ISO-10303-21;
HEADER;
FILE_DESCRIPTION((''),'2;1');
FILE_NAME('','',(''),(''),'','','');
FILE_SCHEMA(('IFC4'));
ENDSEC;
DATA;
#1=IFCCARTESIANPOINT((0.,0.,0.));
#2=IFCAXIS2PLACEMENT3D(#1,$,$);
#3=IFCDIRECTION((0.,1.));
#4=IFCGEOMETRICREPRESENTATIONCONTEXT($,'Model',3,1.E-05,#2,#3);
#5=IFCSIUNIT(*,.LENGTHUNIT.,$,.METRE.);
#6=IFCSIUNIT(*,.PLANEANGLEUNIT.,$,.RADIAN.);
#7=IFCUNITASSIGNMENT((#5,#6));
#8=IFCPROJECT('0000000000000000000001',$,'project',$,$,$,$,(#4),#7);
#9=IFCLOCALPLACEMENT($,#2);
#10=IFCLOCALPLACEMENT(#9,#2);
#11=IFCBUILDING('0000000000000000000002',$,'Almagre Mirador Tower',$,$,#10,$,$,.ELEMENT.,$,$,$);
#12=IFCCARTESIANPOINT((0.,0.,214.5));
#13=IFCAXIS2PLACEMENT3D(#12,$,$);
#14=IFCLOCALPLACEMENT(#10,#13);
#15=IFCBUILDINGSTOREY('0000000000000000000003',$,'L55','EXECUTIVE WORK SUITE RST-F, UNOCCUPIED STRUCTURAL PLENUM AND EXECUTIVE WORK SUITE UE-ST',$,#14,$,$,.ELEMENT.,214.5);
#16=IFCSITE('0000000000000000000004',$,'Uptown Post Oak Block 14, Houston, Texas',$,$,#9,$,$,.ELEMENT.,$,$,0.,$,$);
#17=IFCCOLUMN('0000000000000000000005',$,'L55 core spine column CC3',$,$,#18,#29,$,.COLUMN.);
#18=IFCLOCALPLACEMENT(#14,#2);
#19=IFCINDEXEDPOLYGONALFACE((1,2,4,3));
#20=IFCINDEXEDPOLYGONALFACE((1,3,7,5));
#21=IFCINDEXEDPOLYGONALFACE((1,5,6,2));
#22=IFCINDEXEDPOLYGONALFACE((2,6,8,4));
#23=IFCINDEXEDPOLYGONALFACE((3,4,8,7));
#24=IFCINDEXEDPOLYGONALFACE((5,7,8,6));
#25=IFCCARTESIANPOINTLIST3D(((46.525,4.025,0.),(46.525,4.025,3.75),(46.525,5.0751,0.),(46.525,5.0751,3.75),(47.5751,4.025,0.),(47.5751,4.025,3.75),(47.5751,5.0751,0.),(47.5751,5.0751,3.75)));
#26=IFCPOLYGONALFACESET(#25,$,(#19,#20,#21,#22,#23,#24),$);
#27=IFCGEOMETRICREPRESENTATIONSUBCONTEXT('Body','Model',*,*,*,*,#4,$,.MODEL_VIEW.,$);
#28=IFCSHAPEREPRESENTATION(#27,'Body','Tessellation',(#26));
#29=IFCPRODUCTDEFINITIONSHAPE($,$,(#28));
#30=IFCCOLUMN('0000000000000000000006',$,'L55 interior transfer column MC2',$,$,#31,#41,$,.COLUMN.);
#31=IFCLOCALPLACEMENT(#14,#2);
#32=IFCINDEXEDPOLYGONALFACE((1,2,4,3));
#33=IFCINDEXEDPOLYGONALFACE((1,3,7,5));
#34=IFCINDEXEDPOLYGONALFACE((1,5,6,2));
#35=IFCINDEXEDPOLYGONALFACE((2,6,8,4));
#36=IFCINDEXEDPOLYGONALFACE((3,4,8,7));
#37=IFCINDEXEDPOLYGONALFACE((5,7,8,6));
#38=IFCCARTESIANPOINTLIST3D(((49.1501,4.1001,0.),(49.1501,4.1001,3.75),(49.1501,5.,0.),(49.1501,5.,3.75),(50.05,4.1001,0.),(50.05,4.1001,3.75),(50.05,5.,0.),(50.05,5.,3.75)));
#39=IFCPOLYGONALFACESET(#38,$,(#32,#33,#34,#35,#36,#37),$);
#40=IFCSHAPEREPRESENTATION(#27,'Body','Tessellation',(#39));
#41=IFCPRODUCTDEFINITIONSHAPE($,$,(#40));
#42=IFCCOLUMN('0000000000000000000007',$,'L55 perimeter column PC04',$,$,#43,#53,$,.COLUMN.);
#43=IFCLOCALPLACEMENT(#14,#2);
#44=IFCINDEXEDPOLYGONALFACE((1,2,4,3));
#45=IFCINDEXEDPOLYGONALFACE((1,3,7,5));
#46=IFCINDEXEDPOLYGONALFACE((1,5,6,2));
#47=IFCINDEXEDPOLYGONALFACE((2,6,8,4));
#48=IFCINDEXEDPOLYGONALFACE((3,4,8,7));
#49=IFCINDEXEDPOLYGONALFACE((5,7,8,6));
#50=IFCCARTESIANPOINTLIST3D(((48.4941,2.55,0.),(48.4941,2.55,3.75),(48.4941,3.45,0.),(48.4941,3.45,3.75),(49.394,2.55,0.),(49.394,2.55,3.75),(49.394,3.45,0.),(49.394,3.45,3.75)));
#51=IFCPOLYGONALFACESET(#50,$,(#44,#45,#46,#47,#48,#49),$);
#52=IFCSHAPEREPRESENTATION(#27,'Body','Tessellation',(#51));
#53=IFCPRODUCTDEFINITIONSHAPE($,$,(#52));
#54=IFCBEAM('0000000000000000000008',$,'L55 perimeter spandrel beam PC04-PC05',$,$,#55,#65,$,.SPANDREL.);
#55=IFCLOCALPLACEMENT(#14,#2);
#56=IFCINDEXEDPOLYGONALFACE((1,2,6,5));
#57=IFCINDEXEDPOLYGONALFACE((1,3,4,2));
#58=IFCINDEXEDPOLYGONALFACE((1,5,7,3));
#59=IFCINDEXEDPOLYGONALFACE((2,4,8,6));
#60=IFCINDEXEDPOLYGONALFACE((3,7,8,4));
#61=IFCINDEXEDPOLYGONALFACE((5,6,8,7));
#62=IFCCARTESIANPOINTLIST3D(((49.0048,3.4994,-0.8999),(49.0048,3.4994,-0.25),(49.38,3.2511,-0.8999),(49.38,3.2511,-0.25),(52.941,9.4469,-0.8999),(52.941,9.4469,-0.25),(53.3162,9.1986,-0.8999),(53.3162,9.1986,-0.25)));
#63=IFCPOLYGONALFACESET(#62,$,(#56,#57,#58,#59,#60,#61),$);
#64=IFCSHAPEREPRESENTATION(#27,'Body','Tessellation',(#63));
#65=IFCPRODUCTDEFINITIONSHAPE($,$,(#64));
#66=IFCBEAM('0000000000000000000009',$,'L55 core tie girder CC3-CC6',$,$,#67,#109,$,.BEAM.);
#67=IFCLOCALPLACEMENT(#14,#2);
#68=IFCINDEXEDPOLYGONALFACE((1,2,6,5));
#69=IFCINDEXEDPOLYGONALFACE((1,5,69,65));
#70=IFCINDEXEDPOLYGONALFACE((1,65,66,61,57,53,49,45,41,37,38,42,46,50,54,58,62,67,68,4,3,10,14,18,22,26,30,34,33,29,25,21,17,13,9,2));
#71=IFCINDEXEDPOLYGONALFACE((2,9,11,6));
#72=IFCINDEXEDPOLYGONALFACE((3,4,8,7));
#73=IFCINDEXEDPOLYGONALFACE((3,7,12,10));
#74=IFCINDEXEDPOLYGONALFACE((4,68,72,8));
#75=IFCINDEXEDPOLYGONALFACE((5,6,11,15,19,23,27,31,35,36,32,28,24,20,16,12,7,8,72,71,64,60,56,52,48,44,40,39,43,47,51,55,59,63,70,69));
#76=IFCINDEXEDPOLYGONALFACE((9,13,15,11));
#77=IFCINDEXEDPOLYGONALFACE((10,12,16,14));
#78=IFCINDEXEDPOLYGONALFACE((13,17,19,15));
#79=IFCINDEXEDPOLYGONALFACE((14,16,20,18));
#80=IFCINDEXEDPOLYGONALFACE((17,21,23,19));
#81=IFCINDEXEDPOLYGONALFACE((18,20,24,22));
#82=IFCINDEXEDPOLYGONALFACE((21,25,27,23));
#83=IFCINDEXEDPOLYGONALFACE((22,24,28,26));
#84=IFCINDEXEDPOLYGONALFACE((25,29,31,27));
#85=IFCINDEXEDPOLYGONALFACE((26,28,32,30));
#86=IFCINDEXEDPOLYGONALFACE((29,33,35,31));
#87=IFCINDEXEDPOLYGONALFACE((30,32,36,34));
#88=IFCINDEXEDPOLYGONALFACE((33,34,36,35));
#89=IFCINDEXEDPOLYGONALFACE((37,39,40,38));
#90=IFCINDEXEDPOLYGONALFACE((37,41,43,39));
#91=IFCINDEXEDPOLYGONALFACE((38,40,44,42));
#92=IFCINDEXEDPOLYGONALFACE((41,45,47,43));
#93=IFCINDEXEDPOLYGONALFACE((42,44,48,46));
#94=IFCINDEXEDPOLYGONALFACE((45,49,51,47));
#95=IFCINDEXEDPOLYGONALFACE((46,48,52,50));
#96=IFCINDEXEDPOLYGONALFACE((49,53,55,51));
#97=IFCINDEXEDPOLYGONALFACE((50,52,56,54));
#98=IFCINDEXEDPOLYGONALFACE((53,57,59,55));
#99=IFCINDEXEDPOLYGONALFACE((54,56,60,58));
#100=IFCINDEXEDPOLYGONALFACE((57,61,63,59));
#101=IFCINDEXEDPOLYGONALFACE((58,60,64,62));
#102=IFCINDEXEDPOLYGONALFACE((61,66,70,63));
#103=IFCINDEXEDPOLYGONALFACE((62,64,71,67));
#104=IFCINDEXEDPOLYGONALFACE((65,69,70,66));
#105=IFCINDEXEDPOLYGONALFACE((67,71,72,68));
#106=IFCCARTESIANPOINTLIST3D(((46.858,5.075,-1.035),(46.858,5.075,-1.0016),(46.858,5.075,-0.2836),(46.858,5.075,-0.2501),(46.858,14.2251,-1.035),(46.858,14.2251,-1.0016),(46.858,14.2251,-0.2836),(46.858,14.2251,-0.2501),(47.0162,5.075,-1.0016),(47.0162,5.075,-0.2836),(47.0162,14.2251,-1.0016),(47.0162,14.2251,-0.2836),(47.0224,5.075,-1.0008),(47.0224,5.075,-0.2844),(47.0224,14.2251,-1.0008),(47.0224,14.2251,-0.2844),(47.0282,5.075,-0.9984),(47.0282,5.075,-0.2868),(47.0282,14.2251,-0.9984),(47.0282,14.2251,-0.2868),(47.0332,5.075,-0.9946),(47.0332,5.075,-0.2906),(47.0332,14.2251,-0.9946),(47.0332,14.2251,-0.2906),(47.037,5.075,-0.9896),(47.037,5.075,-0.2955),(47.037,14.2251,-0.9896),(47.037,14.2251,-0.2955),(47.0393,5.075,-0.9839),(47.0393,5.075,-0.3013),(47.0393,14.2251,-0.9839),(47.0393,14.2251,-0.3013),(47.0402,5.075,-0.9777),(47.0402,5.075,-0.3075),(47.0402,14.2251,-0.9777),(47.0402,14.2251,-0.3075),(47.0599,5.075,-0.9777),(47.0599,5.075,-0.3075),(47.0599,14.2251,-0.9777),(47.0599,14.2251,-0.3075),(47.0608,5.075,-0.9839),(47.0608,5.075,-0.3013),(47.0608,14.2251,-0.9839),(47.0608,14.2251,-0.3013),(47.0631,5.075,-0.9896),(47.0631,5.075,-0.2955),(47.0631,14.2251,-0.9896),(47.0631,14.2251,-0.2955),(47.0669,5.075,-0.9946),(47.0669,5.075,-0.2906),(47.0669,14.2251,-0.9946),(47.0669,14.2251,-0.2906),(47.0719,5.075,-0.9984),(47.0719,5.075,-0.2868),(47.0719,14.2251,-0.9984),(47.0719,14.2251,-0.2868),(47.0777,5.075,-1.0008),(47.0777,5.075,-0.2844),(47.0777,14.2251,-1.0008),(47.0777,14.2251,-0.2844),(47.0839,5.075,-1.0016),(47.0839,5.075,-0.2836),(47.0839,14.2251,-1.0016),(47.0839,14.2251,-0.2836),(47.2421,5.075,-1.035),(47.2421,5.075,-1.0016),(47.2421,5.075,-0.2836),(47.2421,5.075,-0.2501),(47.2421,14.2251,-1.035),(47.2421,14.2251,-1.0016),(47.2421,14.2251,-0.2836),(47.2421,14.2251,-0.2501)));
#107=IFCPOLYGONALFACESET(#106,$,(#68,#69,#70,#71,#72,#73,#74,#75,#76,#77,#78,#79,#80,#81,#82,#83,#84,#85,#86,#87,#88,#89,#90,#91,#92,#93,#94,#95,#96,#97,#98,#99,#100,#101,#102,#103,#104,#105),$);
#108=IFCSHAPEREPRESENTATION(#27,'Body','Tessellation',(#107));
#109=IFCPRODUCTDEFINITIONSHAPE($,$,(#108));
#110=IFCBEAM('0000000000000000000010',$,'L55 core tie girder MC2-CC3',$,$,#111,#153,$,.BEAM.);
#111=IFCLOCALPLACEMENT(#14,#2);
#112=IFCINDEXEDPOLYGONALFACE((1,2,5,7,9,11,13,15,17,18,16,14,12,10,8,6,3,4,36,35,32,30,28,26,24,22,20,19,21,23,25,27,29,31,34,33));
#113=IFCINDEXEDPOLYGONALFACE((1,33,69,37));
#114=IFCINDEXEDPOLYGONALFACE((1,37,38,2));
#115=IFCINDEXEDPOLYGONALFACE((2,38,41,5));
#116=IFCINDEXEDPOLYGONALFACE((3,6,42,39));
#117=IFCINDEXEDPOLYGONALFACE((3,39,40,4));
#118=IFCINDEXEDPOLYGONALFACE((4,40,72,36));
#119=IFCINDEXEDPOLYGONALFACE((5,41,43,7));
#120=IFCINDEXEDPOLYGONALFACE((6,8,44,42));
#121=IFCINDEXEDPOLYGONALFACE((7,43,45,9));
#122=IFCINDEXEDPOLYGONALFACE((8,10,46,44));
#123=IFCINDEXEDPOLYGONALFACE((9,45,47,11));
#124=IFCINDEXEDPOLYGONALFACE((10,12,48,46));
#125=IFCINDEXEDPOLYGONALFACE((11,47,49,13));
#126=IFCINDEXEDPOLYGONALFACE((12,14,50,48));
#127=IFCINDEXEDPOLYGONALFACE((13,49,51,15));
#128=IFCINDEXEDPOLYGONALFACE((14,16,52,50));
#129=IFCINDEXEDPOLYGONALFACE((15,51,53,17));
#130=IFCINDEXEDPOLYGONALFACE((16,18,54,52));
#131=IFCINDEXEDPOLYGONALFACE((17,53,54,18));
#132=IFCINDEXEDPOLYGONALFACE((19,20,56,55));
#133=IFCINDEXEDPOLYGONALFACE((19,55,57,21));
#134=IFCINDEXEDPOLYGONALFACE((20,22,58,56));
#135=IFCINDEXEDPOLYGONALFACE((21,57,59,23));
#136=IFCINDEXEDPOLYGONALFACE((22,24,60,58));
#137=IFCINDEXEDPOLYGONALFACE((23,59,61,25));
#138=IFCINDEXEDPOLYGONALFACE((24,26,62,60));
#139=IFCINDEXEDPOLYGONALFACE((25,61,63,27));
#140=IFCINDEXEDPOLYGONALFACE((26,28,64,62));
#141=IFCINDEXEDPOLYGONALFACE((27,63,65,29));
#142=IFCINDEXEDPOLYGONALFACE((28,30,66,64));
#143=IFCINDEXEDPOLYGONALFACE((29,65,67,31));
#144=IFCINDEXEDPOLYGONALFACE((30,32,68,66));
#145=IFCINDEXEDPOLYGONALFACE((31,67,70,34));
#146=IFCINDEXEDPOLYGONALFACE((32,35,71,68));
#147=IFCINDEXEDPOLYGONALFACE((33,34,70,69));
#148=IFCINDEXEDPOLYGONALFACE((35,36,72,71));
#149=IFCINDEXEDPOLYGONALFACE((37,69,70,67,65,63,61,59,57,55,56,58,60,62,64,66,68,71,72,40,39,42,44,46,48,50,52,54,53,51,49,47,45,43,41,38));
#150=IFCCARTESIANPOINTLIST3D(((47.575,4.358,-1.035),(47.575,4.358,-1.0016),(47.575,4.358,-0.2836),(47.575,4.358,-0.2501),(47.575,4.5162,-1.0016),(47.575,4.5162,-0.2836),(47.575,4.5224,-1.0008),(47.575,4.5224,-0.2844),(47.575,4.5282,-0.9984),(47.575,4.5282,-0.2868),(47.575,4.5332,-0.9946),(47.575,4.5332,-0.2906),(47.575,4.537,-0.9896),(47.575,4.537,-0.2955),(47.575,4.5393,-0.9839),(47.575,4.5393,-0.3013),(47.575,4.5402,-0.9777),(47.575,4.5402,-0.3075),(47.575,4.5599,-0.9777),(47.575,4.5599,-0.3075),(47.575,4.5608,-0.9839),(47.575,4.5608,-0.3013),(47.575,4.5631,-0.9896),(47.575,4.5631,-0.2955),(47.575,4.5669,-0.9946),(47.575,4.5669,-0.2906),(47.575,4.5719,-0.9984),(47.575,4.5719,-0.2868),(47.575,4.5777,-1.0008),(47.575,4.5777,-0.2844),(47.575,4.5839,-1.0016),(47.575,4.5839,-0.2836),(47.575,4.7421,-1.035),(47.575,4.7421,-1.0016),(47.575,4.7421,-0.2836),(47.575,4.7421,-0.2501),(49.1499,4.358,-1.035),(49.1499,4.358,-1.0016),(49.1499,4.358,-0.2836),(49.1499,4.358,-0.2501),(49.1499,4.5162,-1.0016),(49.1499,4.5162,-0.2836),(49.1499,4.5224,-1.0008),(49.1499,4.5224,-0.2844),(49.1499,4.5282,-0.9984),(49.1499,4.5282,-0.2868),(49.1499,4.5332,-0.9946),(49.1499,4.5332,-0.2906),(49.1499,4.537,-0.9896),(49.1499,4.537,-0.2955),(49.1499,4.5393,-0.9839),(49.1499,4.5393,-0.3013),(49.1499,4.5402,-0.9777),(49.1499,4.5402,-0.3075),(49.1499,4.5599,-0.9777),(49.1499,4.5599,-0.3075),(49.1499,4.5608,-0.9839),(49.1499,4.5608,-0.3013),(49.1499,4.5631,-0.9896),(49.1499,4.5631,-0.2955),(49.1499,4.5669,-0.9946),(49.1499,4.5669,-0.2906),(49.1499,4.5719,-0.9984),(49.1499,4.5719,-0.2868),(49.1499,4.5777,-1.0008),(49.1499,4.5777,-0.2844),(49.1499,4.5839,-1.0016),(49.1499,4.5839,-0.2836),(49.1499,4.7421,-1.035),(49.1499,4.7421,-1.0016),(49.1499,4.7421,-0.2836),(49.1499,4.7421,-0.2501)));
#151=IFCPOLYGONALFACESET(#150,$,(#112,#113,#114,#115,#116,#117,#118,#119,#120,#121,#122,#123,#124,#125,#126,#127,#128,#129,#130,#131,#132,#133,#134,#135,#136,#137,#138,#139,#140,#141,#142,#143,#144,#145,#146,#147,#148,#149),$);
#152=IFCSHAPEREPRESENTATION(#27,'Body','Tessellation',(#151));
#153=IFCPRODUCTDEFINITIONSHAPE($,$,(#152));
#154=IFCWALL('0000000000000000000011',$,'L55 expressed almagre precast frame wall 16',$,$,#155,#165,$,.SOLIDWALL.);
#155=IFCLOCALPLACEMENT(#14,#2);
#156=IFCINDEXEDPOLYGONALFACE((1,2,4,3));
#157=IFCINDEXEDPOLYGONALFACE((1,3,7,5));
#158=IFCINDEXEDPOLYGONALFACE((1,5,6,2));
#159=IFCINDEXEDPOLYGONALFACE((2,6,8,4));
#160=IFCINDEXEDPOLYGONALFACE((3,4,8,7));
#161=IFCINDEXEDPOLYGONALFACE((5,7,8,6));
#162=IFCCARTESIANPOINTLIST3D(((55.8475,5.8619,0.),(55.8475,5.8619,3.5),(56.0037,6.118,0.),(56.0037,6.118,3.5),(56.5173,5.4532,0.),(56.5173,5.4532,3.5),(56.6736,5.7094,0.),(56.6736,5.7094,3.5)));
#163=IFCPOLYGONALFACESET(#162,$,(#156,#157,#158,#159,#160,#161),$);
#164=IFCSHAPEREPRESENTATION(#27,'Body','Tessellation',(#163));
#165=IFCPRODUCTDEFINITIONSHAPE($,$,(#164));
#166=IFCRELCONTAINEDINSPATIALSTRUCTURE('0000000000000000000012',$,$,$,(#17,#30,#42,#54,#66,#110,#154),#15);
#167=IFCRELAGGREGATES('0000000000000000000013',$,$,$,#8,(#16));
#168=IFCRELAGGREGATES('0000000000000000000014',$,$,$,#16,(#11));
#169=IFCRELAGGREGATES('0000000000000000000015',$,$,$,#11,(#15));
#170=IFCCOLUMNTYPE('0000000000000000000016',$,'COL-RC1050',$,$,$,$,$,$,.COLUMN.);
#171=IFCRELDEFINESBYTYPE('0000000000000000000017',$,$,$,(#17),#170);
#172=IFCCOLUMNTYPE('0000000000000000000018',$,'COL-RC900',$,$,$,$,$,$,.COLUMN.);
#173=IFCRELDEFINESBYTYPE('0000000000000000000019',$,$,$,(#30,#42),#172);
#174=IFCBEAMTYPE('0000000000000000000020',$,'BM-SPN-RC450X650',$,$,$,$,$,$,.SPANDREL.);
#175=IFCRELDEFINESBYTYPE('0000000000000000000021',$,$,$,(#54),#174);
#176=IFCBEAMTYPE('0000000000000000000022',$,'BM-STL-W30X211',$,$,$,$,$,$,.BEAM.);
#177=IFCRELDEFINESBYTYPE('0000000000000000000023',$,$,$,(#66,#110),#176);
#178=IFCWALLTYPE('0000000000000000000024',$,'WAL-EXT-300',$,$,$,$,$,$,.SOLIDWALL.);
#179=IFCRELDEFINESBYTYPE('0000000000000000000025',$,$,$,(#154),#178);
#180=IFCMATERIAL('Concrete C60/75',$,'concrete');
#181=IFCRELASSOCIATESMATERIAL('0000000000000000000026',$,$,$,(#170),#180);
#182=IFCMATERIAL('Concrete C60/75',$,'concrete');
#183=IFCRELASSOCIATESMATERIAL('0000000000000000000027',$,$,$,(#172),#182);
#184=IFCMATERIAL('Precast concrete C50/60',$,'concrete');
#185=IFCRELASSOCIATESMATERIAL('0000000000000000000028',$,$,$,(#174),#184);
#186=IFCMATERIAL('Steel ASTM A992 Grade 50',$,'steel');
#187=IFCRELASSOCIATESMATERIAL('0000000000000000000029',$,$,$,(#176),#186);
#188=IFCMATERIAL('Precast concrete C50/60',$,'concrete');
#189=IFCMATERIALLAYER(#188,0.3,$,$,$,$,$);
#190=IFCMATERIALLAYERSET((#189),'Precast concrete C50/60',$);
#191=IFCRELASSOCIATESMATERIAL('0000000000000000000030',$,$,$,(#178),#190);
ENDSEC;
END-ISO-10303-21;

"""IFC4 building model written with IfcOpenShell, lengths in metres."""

from ifc_helpers import new_model, si_unit, direction, frame, frame_2d, origin, origin_2d, place, context, subcontext, project, spatial, rectangle, i_section, extrude, material, layer, layer_set, material_profile, profile_set, type_object, element, save


model = new_model("IFC4")

# Units and contexts
model_context = context("Model", 3, precision=1e-05, world=origin(), true_north=direction((0.0, 1.0)))
body_context = subcontext(model_context, "Body", "Model", "MODEL_VIEW")
ifc_project = project(units=[si_unit("LENGTHUNIT", "METRE"), si_unit("PLANEANGLEUNIT", "RADIAN")], contexts=[model_context])

# Site, building, storey
site_placement = place(None, origin())
site = spatial("IfcSite", under=ifc_project, at=site_placement, Name="Uptown Post Oak Block 14, Houston, Texas", CompositionType="ELEMENT", RefElevation=0.0)
building_placement = place(site_placement, origin())
building = spatial("IfcBuilding", under=site, at=building_placement, Name="Almagre Mirador Tower", CompositionType="ELEMENT")
storey_placement = place(building_placement, frame((0.0, 0.0, 214.5)))
storey = spatial("IfcBuildingStorey", under=building, at=storey_placement, Name="L55", Description="EXECUTIVE WORK SUITE RST-F, UNOCCUPIED STRUCTURAL PLENUM AND EXECUTIVE WORK SUITE UE-ST", CompositionType="ELEMENT", Elevation=214.5)

# Columns
ifc_material_1 = material(Name="Concrete C60/75", Category="concrete")
ifc_material_profile_1 = material_profile(ifc_material_1, rectangle(XDim=1.05, YDim=1.05, at=origin_2d()), Name="RC1050X1050")
ifc_profile_set_1 = profile_set([ifc_material_profile_1], Name="Concrete C60/75")
column_type_1 = type_object("IfcColumnType", Name="COL-RC1050", PredefinedType="COLUMN", material=ifc_profile_set_1)
column_placement = place(storey_placement, frame((47.05, 4.55, 0.0), z_axis=(0.0, 0.0, 1.0), x_axis=(1.0, 0.0, 0.0)))
element("IfcColumn", 1, at=column_placement, inside=storey, type_object=column_type_1, Name="L55 core spine column CC3", PredefinedType="COLUMN", context=body_context, shape_type="SweptSolid", body=[
    extrude(rectangle(XDim=1.05, YDim=1.05, at=origin_2d()), origin(), (0.0, 0.0, 1.0), 3.75),
])
ifc_material_2 = material(Name="Concrete C60/75", Category="concrete")
ifc_material_profile_2 = material_profile(ifc_material_2, rectangle(XDim=0.8999, YDim=0.8999, at=origin_2d()), Name="RC900X900")
ifc_profile_set_2 = profile_set([ifc_material_profile_2], Name="Concrete C60/75")
column_type_2 = type_object("IfcColumnType", Name="COL-RC900", PredefinedType="COLUMN", material=ifc_profile_set_2)
for number, where, z_axis, x_axis, name in (
    (2, (49.6001, 4.55, 0.0), (0.0, 0.0, 1.0), (1.0, 0.0, 0.0), "L55 interior transfer column MC2"),
    (3, (48.9441, 3.0, 0.0), (0.0, 0.0, 1.0), (1.0, 0.0, 0.0), "L55 perimeter column PC04"),
):
    element("IfcColumn", number, at=place(storey_placement, frame(where, z_axis=z_axis, x_axis=x_axis)), inside=storey, type_object=column_type_2, Name=name, PredefinedType="COLUMN", context=body_context, shape_type="SweptSolid", body=[
        extrude(rectangle(XDim=0.8999, YDim=0.8999, at=origin_2d()), origin(), (0.0, 0.0, 1.0), 3.75),
    ])

# Beams
ifc_material_3 = material(Name="Precast concrete C50/60", Category="concrete")
ifc_material_profile_3 = material_profile(ifc_material_3, rectangle(XDim=0.45, YDim=0.6499, at=origin_2d()), Name="RC450X650")
ifc_profile_set_3 = profile_set([ifc_material_profile_3], Name="Precast concrete C50/60")
beam_type_1 = type_object("IfcBeamType", Name="BM-SPN-RC450X650", PredefinedType="SPANDREL", material=ifc_profile_set_3)
beam_1_placement = place(storey_placement, frame((49.1924, 3.3752, -0.575), z_axis=(0.551909, 0.833905, 0.0), x_axis=(-0.833905, 0.551909, 0.0)))
element("IfcBeam", 4, at=beam_1_placement, inside=storey, type_object=beam_type_1, Name="L55 perimeter spandrel beam PC04-PC05", PredefinedType="SPANDREL", context=body_context, shape_type="SweptSolid", body=[
    extrude(rectangle(XDim=0.45, YDim=0.6499, at=origin_2d()), origin(), (0.0, 0.0, 1.0), 7.1321),
])
ifc_material_4 = material(Name="Steel ASTM A992 Grade 50", Category="steel")
ifc_material_profile_4 = material_profile(ifc_material_4, i_section(OverallWidth=0.384, OverallDepth=0.7849, WebThickness=0.0198, FlangeThickness=0.0334, FilletRadius=0.0239, at=origin_2d()), Name="W30X211")
ifc_profile_set_4 = profile_set([ifc_material_profile_4], Name="Steel ASTM A992 Grade 50")
beam_type_2 = type_object("IfcBeamType", Name="BM-STL-W30X211", PredefinedType="BEAM", material=ifc_profile_set_4)
beam_2_placement = place(storey_placement, frame((47.05, 5.075, -0.6426), z_axis=(0.0, 1.0, 0.0), x_axis=(-1.0, 0.0, 0.0)))
element("IfcBeam", 5, at=beam_2_placement, inside=storey, type_object=beam_type_2, Name="L55 core tie girder CC3-CC6", PredefinedType="BEAM", context=body_context, shape_type="SweptSolid", body=[
    extrude(i_section(OverallWidth=0.384, OverallDepth=0.7849, WebThickness=0.0198, FlangeThickness=0.0334, FilletRadius=0.0239, at=origin_2d()), origin(), (0.0, 0.0, 1.0), 9.1501),
])
beam_3_placement = place(storey_placement, frame((49.1499, 4.55, -0.6426), z_axis=(-1.0, 0.0, 0.0), x_axis=(0.0, -1.0, 0.0)))
element("IfcBeam", 6, at=beam_3_placement, inside=storey, type_object=beam_type_2, Name="L55 core tie girder MC2-CC3", PredefinedType="BEAM", context=body_context, shape_type="SweptSolid", body=[
    extrude(i_section(OverallWidth=0.384, OverallDepth=0.7849, WebThickness=0.0198, FlangeThickness=0.0334, FilletRadius=0.0239, at=origin_2d()), origin(), (0.0, 0.0, 1.0), 1.575),
])

# Wall
ifc_material_5 = material(Name="Precast concrete C50/60", Category="concrete")
ifc_layer_1 = layer(ifc_material_5, 0.3)
ifc_layer_set_1 = layer_set([ifc_layer_1], Name="Precast concrete C50/60")
wall_type_1 = type_object("IfcWallType", Name="WAL-EXT-300", PredefinedType="SOLIDWALL", material=ifc_layer_set_1)
wall_1_placement = place(storey_placement, frame((56.5955, 5.5813, 0.0), z_axis=(0.0, 0.0, 1.0), x_axis=(-0.853681, 0.520795, 0.0)))
element("IfcWall", 7, at=wall_1_placement, inside=storey, type_object=wall_type_1, Name="L55 expressed almagre precast frame wall 16", PredefinedType="SOLIDWALL", context=body_context, shape_type="SweptSolid", body=[
    extrude(rectangle(XDim=0.7847, YDim=0.3, at=frame_2d((0.3923, 0.0))), origin(), (0.0, 0.0, 1.0), 3.5),
])

save(model, "model.ifc")
